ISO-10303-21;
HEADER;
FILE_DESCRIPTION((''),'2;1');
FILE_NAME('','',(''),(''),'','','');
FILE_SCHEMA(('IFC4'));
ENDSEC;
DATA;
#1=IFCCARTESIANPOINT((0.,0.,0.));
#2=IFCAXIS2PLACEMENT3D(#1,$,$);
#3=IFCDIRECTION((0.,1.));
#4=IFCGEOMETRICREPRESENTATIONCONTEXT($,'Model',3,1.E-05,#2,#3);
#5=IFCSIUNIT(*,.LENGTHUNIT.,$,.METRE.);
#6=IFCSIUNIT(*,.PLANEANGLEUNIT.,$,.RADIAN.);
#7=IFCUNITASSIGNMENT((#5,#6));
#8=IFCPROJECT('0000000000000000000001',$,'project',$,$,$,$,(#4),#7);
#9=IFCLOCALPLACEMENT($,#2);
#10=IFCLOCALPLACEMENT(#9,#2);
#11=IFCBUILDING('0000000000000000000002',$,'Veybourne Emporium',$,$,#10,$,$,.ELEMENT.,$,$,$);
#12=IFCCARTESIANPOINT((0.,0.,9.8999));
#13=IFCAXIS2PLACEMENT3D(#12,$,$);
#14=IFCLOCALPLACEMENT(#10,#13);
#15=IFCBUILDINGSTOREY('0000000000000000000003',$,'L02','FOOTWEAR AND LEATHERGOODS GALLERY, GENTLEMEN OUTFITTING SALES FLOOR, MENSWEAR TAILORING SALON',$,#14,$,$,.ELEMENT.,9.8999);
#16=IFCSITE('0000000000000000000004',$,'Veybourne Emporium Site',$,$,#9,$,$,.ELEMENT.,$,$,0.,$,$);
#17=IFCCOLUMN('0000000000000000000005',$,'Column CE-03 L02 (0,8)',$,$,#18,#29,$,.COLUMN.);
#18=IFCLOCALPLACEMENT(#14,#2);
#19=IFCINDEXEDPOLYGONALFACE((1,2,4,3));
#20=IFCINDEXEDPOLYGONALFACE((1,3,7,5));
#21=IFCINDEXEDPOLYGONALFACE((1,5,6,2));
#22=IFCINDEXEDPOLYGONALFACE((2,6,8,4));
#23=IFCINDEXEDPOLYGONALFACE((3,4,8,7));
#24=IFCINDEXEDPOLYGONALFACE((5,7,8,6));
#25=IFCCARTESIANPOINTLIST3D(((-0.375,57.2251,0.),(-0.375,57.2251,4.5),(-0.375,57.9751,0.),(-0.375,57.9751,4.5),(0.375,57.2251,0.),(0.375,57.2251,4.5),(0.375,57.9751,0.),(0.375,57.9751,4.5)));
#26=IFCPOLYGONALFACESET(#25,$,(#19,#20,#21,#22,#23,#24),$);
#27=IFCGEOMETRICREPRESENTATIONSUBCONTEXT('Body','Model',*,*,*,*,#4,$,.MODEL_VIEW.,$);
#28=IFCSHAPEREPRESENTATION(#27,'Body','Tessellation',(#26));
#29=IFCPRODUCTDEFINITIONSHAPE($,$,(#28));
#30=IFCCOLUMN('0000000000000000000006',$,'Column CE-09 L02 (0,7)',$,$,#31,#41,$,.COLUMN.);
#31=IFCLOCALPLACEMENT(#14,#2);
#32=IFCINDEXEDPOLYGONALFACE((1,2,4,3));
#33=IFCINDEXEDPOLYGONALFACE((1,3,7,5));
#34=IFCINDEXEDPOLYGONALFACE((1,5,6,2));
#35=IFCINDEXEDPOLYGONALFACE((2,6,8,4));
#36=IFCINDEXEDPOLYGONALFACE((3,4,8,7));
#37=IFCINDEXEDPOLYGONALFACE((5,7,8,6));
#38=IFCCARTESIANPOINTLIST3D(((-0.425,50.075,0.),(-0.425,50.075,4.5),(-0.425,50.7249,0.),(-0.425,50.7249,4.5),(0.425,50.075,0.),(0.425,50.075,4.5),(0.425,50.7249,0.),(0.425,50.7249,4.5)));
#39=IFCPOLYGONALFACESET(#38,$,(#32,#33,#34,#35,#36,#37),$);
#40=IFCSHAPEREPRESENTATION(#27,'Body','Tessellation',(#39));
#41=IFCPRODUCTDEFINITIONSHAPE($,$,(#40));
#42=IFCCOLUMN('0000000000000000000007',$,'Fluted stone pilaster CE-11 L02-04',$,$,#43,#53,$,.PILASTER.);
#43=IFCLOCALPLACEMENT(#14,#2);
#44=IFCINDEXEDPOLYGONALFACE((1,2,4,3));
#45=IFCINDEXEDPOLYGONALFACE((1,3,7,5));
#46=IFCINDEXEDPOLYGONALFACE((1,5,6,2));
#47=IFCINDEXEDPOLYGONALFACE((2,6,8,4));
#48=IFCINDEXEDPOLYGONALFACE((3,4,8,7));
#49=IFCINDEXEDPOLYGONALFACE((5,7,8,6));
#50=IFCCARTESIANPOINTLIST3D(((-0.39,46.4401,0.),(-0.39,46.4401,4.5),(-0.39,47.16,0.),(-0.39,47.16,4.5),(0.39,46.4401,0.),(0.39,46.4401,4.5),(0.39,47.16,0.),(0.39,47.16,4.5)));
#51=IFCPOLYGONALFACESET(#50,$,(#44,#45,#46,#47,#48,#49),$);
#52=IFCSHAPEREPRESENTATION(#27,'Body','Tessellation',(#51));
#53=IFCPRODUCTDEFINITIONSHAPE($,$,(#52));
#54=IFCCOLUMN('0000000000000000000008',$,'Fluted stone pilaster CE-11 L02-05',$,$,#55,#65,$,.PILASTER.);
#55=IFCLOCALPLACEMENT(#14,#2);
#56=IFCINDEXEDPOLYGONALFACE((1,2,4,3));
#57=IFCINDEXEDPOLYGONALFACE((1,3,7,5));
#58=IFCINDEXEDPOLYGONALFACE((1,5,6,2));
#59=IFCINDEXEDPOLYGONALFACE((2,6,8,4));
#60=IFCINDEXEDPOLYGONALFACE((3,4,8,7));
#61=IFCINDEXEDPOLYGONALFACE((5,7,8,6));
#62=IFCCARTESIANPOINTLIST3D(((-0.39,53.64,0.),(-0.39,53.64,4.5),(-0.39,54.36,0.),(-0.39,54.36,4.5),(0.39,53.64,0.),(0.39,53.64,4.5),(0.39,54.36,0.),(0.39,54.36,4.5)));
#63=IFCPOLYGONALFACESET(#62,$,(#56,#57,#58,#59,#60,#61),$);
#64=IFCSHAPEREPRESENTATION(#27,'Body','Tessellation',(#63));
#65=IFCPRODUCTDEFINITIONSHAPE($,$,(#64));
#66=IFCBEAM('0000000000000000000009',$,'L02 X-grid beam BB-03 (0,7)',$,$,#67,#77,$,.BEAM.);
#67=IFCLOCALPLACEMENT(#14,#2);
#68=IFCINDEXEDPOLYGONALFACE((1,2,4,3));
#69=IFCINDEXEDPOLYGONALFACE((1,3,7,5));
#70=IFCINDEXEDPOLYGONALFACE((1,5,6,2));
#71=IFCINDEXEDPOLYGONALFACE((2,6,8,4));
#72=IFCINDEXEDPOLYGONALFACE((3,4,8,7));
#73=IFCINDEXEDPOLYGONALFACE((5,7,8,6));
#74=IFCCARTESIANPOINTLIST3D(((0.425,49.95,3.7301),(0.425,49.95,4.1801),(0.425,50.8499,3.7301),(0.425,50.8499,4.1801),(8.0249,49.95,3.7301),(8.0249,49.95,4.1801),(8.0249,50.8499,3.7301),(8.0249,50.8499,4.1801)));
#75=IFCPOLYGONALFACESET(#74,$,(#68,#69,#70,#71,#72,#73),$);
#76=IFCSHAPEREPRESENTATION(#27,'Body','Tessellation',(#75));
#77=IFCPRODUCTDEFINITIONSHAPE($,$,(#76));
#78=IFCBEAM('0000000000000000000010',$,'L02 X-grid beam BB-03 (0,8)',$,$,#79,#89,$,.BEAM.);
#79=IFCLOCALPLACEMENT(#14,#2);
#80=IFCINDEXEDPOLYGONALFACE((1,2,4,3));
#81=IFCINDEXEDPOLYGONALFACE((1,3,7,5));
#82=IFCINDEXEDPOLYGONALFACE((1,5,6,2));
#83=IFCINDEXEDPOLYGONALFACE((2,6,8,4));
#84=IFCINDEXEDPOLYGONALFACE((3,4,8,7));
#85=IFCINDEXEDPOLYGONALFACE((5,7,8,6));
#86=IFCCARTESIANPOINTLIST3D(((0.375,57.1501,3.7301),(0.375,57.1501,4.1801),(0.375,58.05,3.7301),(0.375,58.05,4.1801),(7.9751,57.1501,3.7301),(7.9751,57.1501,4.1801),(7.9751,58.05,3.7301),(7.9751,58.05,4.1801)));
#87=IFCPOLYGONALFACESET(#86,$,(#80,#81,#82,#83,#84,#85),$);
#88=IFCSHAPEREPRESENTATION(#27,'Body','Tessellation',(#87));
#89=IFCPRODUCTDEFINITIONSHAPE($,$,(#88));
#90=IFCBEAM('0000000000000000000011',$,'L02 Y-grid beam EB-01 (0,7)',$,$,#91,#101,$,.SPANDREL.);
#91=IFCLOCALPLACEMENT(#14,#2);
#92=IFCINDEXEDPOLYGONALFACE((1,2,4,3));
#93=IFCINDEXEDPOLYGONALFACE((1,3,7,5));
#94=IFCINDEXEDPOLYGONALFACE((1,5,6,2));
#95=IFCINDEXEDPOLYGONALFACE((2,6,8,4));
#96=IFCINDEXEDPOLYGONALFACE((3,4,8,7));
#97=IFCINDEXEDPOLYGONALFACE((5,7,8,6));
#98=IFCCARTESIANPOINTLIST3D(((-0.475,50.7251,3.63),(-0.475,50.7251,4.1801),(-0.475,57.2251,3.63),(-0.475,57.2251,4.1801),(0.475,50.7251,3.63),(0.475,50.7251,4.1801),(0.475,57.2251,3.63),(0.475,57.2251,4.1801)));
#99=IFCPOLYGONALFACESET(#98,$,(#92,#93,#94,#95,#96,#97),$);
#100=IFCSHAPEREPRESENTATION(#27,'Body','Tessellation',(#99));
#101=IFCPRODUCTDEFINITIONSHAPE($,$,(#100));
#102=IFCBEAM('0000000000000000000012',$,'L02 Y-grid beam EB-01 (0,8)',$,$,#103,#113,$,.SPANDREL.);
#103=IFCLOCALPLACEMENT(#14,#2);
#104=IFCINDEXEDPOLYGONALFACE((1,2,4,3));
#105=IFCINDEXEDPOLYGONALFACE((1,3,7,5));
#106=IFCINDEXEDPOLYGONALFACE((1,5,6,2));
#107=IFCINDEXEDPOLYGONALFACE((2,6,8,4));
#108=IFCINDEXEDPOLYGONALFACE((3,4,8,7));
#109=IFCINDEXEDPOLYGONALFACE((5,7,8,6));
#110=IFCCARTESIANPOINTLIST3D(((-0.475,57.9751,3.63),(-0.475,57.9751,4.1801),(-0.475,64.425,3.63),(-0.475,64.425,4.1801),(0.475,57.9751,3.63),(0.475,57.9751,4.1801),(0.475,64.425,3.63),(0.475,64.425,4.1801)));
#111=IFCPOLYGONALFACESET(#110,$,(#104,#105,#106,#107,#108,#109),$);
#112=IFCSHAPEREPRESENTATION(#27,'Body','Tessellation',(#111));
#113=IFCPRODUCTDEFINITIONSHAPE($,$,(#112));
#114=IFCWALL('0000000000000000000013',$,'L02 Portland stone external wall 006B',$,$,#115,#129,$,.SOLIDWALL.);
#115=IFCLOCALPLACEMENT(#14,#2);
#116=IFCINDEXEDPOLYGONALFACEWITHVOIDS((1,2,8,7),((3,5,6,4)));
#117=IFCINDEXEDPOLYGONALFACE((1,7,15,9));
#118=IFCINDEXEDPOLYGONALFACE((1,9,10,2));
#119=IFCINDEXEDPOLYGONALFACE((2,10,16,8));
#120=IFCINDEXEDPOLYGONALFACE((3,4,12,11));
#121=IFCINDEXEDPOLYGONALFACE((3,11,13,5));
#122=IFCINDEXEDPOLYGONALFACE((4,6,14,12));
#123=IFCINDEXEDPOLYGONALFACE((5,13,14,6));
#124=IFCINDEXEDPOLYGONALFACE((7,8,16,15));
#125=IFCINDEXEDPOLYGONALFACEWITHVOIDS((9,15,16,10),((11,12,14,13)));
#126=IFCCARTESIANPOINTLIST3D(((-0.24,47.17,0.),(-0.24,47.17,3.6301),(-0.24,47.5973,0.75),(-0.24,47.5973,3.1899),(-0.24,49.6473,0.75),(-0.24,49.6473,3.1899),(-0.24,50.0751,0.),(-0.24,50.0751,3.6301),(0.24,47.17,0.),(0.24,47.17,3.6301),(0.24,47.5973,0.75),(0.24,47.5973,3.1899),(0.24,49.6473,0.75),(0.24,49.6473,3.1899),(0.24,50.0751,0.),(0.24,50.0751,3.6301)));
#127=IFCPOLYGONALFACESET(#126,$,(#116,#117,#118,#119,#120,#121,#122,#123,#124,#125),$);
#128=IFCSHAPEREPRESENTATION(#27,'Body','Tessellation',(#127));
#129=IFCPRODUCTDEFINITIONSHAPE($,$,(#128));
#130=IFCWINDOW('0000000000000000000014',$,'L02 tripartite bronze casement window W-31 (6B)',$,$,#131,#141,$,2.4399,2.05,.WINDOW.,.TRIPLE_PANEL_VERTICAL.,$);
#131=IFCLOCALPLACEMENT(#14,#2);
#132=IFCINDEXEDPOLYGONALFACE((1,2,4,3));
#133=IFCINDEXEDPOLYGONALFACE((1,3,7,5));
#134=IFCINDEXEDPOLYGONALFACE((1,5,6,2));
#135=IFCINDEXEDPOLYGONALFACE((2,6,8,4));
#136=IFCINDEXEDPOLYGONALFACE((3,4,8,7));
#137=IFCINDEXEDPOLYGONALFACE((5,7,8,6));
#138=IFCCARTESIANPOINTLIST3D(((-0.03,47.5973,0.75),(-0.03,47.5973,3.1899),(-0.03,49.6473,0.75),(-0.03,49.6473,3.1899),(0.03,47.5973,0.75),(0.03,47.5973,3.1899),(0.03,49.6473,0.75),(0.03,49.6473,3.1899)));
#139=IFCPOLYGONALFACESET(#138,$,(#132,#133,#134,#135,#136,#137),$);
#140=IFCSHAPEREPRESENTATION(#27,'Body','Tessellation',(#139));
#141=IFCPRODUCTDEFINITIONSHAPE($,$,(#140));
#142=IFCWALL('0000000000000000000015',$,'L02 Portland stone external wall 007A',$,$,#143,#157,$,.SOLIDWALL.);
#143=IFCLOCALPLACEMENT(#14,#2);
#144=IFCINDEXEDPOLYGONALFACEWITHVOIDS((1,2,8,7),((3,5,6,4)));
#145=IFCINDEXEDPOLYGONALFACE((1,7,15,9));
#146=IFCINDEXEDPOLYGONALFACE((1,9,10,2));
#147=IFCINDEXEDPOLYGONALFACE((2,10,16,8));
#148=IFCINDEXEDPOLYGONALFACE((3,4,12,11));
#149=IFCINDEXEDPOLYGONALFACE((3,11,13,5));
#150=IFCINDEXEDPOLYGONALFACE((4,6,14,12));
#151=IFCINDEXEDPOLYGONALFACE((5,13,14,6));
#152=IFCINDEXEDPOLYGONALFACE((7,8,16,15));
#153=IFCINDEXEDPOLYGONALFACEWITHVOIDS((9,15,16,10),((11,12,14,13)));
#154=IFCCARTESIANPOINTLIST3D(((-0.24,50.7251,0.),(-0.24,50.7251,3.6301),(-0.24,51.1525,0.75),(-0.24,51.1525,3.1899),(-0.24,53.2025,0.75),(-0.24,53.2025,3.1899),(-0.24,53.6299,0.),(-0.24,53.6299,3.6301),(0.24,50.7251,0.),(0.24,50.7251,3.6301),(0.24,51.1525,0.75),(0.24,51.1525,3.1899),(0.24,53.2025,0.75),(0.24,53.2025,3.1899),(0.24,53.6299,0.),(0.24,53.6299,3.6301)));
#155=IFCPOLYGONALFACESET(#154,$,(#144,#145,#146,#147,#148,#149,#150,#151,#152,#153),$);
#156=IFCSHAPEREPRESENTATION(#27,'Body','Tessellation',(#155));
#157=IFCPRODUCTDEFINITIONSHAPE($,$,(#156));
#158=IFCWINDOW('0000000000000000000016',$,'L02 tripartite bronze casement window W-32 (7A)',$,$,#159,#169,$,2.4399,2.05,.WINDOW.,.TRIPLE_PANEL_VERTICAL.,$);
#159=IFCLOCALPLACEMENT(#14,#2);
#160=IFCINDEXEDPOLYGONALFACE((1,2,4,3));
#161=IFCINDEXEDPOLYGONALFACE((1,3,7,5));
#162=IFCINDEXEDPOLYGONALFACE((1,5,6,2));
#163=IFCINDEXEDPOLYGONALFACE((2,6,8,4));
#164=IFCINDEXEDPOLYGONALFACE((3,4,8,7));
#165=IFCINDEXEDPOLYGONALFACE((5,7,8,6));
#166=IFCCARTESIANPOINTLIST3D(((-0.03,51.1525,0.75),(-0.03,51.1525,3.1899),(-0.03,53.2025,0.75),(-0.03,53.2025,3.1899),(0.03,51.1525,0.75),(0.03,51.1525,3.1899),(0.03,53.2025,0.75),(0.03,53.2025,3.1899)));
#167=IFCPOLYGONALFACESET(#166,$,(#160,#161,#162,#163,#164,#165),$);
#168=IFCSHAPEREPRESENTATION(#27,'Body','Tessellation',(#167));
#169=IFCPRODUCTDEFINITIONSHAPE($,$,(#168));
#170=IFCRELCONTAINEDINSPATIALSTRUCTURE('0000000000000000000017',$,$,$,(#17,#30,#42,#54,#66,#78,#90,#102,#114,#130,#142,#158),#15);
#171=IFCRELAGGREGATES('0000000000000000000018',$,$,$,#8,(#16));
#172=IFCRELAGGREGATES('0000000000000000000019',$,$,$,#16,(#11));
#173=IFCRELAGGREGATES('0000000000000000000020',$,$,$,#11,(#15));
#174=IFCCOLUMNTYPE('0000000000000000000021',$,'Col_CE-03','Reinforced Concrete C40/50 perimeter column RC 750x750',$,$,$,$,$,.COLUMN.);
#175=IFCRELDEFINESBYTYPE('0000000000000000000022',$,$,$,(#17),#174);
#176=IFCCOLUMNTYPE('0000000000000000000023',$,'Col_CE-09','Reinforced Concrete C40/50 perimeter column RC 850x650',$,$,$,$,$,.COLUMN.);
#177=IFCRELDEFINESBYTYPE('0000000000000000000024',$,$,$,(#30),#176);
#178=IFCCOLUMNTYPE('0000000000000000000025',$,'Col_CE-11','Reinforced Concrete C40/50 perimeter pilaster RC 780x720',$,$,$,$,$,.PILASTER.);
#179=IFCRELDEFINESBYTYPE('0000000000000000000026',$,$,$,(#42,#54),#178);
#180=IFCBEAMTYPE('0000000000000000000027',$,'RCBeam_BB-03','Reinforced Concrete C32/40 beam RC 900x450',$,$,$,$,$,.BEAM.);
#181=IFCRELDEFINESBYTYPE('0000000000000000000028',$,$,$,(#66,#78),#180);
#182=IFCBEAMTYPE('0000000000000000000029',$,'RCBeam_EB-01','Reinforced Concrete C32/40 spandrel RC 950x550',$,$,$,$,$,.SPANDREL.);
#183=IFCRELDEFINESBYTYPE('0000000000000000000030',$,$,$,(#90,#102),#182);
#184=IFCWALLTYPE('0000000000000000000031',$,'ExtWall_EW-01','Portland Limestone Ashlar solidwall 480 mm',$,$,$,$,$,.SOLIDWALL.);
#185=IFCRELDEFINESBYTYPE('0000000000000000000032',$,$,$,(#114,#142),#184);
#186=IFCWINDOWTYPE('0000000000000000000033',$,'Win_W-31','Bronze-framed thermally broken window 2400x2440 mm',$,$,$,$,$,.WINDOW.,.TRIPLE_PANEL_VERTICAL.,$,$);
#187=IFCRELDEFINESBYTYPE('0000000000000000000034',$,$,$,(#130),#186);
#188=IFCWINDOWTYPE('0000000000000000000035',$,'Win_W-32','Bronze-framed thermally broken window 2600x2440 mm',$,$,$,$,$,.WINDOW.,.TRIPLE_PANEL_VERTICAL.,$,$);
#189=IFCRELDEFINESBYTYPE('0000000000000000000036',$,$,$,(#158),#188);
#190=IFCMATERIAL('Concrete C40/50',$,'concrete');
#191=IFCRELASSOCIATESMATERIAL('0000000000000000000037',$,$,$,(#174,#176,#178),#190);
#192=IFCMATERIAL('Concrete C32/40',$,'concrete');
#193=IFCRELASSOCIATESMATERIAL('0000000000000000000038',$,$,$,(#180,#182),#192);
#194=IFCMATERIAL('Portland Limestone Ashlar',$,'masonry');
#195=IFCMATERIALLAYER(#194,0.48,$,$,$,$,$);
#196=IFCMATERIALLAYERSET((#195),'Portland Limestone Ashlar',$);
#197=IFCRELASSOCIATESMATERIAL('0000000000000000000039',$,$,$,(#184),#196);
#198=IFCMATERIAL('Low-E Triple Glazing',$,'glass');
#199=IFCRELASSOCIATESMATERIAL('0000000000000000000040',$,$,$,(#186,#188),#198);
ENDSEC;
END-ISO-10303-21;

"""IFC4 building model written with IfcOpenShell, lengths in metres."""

from ifc_helpers import new_model, si_unit, direction, frame, frame_2d, origin, origin_2d, place, context, subcontext, project, spatial, rectangle, extrude, material, layer, layer_set, material_profile, profile_set, type_object, element, fill, save


model = new_model("IFC4")

# Units and contexts
model_context = context("Model", 3, precision=1e-05, world=origin(), true_north=direction((0.0, 1.0)))
body_context = subcontext(model_context, "Body", "Model", "MODEL_VIEW")
ifc_project = project(units=[si_unit("LENGTHUNIT", "METRE"), si_unit("PLANEANGLEUNIT", "RADIAN")], contexts=[model_context])

# Site, building, storey
site_placement = place(None, origin())
site = spatial("IfcSite", under=ifc_project, at=site_placement, Name="Veybourne Emporium Site", CompositionType="ELEMENT", RefElevation=0.0)
building_placement = place(site_placement, origin())
building = spatial("IfcBuilding", under=site, at=building_placement, Name="Veybourne Emporium", CompositionType="ELEMENT")
storey_placement = place(building_placement, frame((0.0, 0.0, 9.8999)))
storey = spatial("IfcBuildingStorey", under=building, at=storey_placement, Name="L02", Description="FOOTWEAR AND LEATHERGOODS GALLERY, GENTLEMEN OUTFITTING SALES FLOOR, MENSWEAR TAILORING SALON", CompositionType="ELEMENT", Elevation=9.8999)

# Columns
ifc_material_1 = material(Name="Concrete C40/50", Category="concrete")
ifc_material_profile_1 = material_profile(ifc_material_1, rectangle(XDim=0.75, YDim=0.75, at=origin_2d()), Name="RC 750x750")
ifc_profile_set_1 = profile_set([ifc_material_profile_1], Name="Concrete C40/50")
column_type_1 = type_object("IfcColumnType", Name="Col_CE-03", Description="Reinforced Concrete C40/50 perimeter column RC 750x750", PredefinedType="COLUMN", material=ifc_profile_set_1)
column_1_placement = place(storey_placement, frame((0.0, 57.6001, 0.0), z_axis=(0.0, 0.0, 1.0), x_axis=(1.0, 0.0, 0.0)))
element("IfcColumn", 1, at=column_1_placement, inside=storey, type_object=column_type_1, Name="Column CE-03 L02 (0,8)", PredefinedType="COLUMN", context=body_context, shape_type="SweptSolid", body=[
    extrude(rectangle(XDim=0.75, YDim=0.75, at=origin_2d()), origin(), (0.0, 0.0, 1.0), 4.5),
])
ifc_material_profile_2 = material_profile(ifc_material_1, rectangle(XDim=0.8501, YDim=0.6499, at=origin_2d()), Name="RC 850x650")
ifc_profile_set_2 = profile_set([ifc_material_profile_2], Name="Concrete C40/50")
column_type_2 = type_object("IfcColumnType", Name="Col_CE-09", Description="Reinforced Concrete C40/50 perimeter column RC 850x650", PredefinedType="COLUMN", material=ifc_profile_set_2)
column_2_placement = place(storey_placement, frame((0.0, 50.3999, 0.0), z_axis=(0.0, 0.0, 1.0), x_axis=(1.0, 0.0, 0.0)))
element("IfcColumn", 2, at=column_2_placement, inside=storey, type_object=column_type_2, Name="Column CE-09 L02 (0,7)", PredefinedType="COLUMN", context=body_context, shape_type="SweptSolid", body=[
    extrude(rectangle(XDim=0.8501, YDim=0.6499, at=origin_2d()), origin(), (0.0, 0.0, 1.0), 4.5),
])
ifc_material_profile_3 = material_profile(ifc_material_1, rectangle(XDim=0.78, YDim=0.72, at=origin_2d()), Name="RC 780x720")
ifc_profile_set_3 = profile_set([ifc_material_profile_3], Name="Concrete C40/50")
column_type_3 = type_object("IfcColumnType", Name="Col_CE-11", Description="Reinforced Concrete C40/50 perimeter pilaster RC 780x720", PredefinedType="PILASTER", material=ifc_profile_set_3)
for number, where, z_axis, x_axis, name in (
    (3, (0.0, 46.8, 0.0), (0.0, 0.0, 1.0), (1.0, 0.0, 0.0), "Fluted stone pilaster CE-11 L02-04"),
    (4, (0.0, 54.0, 0.0), (0.0, 0.0, 1.0), (1.0, 0.0, 0.0), "Fluted stone pilaster CE-11 L02-05"),
):
    element("IfcColumn", number, at=place(storey_placement, frame(where, z_axis=z_axis, x_axis=x_axis)), inside=storey, type_object=column_type_3, Name=name, PredefinedType="PILASTER", context=body_context, shape_type="SweptSolid", body=[
        extrude(rectangle(XDim=0.78, YDim=0.72, at=origin_2d()), origin(), (0.0, 0.0, 1.0), 4.5),
    ])

# Beams
ifc_material_2 = material(Name="Concrete C32/40", Category="concrete")
ifc_material_profile_4 = material_profile(ifc_material_2, rectangle(XDim=0.8999, YDim=0.45, at=origin_2d()), Name="RC 900x450")
ifc_profile_set_4 = profile_set([ifc_material_profile_4], Name="Concrete C32/40")
beam_type_1 = type_object("IfcBeamType", Name="RCBeam_BB-03", Description="Reinforced Concrete C32/40 beam RC 900x450", PredefinedType="BEAM", material=ifc_profile_set_4)
beam_1_placement = place(storey_placement, frame((0.425, 50.3999, 3.9551), z_axis=(1.0, 0.0, 0.0), x_axis=(0.0, 1.0, 0.0)))
element("IfcBeam", 5, at=beam_1_placement, inside=storey, type_object=beam_type_1, Name="L02 X-grid beam BB-03 (0,7)", PredefinedType="BEAM", context=body_context, shape_type="SweptSolid", body=[
    extrude(rectangle(XDim=0.8999, YDim=0.45, at=origin_2d()), origin(), (0.0, 0.0, 1.0), 7.5999),
])
beam_2_placement = place(storey_placement, frame((0.375, 57.6001, 3.9551), z_axis=(1.0, 0.0, 0.0), x_axis=(0.0, 1.0, 0.0)))
element("IfcBeam", 6, at=beam_2_placement, inside=storey, type_object=beam_type_1, Name="L02 X-grid beam BB-03 (0,8)", PredefinedType="BEAM", context=body_context, shape_type="SweptSolid", body=[
    extrude(rectangle(XDim=0.8999, YDim=0.45, at=origin_2d()), origin(), (0.0, 0.0, 1.0), 7.6001),
])
ifc_material_profile_5 = material_profile(ifc_material_2, rectangle(XDim=0.95, YDim=0.55, at=origin_2d()), Name="RC 950x550")
ifc_profile_set_5 = profile_set([ifc_material_profile_5], Name="Concrete C32/40")
beam_type_2 = type_object("IfcBeamType", Name="RCBeam_EB-01", Description="Reinforced Concrete C32/40 spandrel RC 950x550", PredefinedType="SPANDREL", material=ifc_profile_set_5)
beam_3_placement = place(storey_placement, frame((0.0, 50.7251, 3.905), z_axis=(0.0, 1.0, 0.0), x_axis=(-1.0, 0.0, 0.0)))
element("IfcBeam", 7, at=beam_3_placement, inside=storey, type_object=beam_type_2, Name="L02 Y-grid beam EB-01 (0,7)", PredefinedType="SPANDREL", context=body_context, shape_type="SweptSolid", body=[
    extrude(rectangle(XDim=0.95, YDim=0.55, at=origin_2d()), origin(), (0.0, 0.0, 1.0), 6.5),
])
beam_4_placement = place(storey_placement, frame((0.0, 57.9751, 3.905), z_axis=(0.0, 1.0, 0.0), x_axis=(-1.0, 0.0, 0.0)))
element("IfcBeam", 8, at=beam_4_placement, inside=storey, type_object=beam_type_2, Name="L02 Y-grid beam EB-01 (0,8)", PredefinedType="SPANDREL", context=body_context, shape_type="SweptSolid", body=[
    extrude(rectangle(XDim=0.95, YDim=0.55, at=origin_2d()), origin(), (0.0, 0.0, 1.0), 6.45),
])

# Walls, openings, windows
ifc_material_3 = material(Name="Portland Limestone Ashlar", Category="masonry")
ifc_layer_1 = layer(ifc_material_3, 0.48)
ifc_layer_set_1 = layer_set([ifc_layer_1], Name="Portland Limestone Ashlar")
wall_type_1 = type_object("IfcWallType", Name="ExtWall_EW-01", Description="Portland Limestone Ashlar solidwall 480 mm", PredefinedType="SOLIDWALL", material=ifc_layer_set_1)
wall_1_placement = place(storey_placement, frame((0.0, 47.1699, 0.0), z_axis=(0.0, 0.0, 1.0), x_axis=(0.0, 1.0, 0.0)))
wall_1 = element("IfcWall", 9, at=wall_1_placement, inside=storey, type_object=wall_type_1, Name="L02 Portland stone external wall 006B", PredefinedType="SOLIDWALL", context=body_context, shape_type="SweptSolid", body=[
    extrude(rectangle(XDim=2.905, YDim=0.48, at=frame_2d((1.4526, 0.0))), origin(), (0.0, 0.0, 1.0), 3.6301),
])
opening_1_placement = place(wall_1_placement, frame((0.4275, 0.0, 0.75)))
opening_1 = element("IfcOpeningElement", 10, at=opening_1_placement, cuts=wall_1, PredefinedType="OPENING", context=body_context, shape_type="SweptSolid", body=[
    extrude(rectangle(XDim=2.05, YDim=2.4399, at=frame_2d((1.0249, 1.22))), frame((0.0, 0.26, 0.0), z_axis=(0.0, -1.0, 0.0), x_axis=(1.0, 0.0, 0.0)), (0.0, 0.0, 1.0), 0.52),
])
ifc_material_4 = material(Name="Low-E Triple Glazing", Category="glass")
window_type_1 = type_object("IfcWindowType", Name="Win_W-31", Description="Bronze-framed thermally broken window 2400x2440 mm", PartitioningType="TRIPLE_PANEL_VERTICAL", PredefinedType="WINDOW", material=ifc_material_4)
window_1_placement = place(opening_1_placement, origin())
window_1 = element("IfcWindow", 11, at=window_1_placement, inside=storey, type_object=window_type_1, Name="L02 tripartite bronze casement window W-31 (6B)", OverallHeight=2.4399, OverallWidth=2.05, PartitioningType="TRIPLE_PANEL_VERTICAL", PredefinedType="WINDOW", context=body_context, shape_type="SweptSolid", body=[
    extrude(rectangle(XDim=2.05, YDim=2.4399, at=frame_2d((1.0249, 1.22))), frame((0.0, 0.03, 0.0), z_axis=(0.0, -1.0, 0.0), x_axis=(1.0, 0.0, 0.0)), (0.0, 0.0, 1.0), 0.0601),
])
fill(opening_1, window_1)
wall_2_placement = place(storey_placement, frame((0.0, 50.7251, 0.0), z_axis=(0.0, 0.0, 1.0), x_axis=(0.0, 1.0, 0.0)))
wall_2 = element("IfcWall", 12, at=wall_2_placement, inside=storey, type_object=wall_type_1, Name="L02 Portland stone external wall 007A", PredefinedType="SOLIDWALL", context=body_context, shape_type="SweptSolid", body=[
    extrude(rectangle(XDim=2.9048, YDim=0.48, at=frame_2d((1.4524, 0.0))), origin(), (0.0, 0.0, 1.0), 3.6301),
])
opening_2_placement = place(wall_2_placement, frame((0.4275, 0.0, 0.75)))
opening_2 = element("IfcOpeningElement", 13, at=opening_2_placement, cuts=wall_2, PredefinedType="OPENING", context=body_context, shape_type="SweptSolid", body=[
    extrude(rectangle(XDim=2.05, YDim=2.4399, at=frame_2d((1.0249, 1.22))), frame((0.0, 0.26, 0.0), z_axis=(0.0, -1.0, 0.0), x_axis=(1.0, 0.0, 0.0)), (0.0, 0.0, 1.0), 0.52),
])
window_type_2 = type_object("IfcWindowType", Name="Win_W-32", Description="Bronze-framed thermally broken window 2600x2440 mm", PartitioningType="TRIPLE_PANEL_VERTICAL", PredefinedType="WINDOW", material=ifc_material_4)
window_2_placement = place(opening_2_placement, origin())
window_2 = element("IfcWindow", 14, at=window_2_placement, inside=storey, type_object=window_type_2, Name="L02 tripartite bronze casement window W-32 (7A)", OverallHeight=2.4399, OverallWidth=2.05, PartitioningType="TRIPLE_PANEL_VERTICAL", PredefinedType="WINDOW", context=body_context, shape_type="SweptSolid", body=[
    extrude(rectangle(XDim=2.05, YDim=2.4399, at=frame_2d((1.0249, 1.22))), frame((0.0, 0.03, 0.0), z_axis=(0.0, -1.0, 0.0), x_axis=(1.0, 0.0, 0.0)), (0.0, 0.0, 1.0), 0.0601),
])
fill(opening_2, window_2)

save(model, "model.ifc")
